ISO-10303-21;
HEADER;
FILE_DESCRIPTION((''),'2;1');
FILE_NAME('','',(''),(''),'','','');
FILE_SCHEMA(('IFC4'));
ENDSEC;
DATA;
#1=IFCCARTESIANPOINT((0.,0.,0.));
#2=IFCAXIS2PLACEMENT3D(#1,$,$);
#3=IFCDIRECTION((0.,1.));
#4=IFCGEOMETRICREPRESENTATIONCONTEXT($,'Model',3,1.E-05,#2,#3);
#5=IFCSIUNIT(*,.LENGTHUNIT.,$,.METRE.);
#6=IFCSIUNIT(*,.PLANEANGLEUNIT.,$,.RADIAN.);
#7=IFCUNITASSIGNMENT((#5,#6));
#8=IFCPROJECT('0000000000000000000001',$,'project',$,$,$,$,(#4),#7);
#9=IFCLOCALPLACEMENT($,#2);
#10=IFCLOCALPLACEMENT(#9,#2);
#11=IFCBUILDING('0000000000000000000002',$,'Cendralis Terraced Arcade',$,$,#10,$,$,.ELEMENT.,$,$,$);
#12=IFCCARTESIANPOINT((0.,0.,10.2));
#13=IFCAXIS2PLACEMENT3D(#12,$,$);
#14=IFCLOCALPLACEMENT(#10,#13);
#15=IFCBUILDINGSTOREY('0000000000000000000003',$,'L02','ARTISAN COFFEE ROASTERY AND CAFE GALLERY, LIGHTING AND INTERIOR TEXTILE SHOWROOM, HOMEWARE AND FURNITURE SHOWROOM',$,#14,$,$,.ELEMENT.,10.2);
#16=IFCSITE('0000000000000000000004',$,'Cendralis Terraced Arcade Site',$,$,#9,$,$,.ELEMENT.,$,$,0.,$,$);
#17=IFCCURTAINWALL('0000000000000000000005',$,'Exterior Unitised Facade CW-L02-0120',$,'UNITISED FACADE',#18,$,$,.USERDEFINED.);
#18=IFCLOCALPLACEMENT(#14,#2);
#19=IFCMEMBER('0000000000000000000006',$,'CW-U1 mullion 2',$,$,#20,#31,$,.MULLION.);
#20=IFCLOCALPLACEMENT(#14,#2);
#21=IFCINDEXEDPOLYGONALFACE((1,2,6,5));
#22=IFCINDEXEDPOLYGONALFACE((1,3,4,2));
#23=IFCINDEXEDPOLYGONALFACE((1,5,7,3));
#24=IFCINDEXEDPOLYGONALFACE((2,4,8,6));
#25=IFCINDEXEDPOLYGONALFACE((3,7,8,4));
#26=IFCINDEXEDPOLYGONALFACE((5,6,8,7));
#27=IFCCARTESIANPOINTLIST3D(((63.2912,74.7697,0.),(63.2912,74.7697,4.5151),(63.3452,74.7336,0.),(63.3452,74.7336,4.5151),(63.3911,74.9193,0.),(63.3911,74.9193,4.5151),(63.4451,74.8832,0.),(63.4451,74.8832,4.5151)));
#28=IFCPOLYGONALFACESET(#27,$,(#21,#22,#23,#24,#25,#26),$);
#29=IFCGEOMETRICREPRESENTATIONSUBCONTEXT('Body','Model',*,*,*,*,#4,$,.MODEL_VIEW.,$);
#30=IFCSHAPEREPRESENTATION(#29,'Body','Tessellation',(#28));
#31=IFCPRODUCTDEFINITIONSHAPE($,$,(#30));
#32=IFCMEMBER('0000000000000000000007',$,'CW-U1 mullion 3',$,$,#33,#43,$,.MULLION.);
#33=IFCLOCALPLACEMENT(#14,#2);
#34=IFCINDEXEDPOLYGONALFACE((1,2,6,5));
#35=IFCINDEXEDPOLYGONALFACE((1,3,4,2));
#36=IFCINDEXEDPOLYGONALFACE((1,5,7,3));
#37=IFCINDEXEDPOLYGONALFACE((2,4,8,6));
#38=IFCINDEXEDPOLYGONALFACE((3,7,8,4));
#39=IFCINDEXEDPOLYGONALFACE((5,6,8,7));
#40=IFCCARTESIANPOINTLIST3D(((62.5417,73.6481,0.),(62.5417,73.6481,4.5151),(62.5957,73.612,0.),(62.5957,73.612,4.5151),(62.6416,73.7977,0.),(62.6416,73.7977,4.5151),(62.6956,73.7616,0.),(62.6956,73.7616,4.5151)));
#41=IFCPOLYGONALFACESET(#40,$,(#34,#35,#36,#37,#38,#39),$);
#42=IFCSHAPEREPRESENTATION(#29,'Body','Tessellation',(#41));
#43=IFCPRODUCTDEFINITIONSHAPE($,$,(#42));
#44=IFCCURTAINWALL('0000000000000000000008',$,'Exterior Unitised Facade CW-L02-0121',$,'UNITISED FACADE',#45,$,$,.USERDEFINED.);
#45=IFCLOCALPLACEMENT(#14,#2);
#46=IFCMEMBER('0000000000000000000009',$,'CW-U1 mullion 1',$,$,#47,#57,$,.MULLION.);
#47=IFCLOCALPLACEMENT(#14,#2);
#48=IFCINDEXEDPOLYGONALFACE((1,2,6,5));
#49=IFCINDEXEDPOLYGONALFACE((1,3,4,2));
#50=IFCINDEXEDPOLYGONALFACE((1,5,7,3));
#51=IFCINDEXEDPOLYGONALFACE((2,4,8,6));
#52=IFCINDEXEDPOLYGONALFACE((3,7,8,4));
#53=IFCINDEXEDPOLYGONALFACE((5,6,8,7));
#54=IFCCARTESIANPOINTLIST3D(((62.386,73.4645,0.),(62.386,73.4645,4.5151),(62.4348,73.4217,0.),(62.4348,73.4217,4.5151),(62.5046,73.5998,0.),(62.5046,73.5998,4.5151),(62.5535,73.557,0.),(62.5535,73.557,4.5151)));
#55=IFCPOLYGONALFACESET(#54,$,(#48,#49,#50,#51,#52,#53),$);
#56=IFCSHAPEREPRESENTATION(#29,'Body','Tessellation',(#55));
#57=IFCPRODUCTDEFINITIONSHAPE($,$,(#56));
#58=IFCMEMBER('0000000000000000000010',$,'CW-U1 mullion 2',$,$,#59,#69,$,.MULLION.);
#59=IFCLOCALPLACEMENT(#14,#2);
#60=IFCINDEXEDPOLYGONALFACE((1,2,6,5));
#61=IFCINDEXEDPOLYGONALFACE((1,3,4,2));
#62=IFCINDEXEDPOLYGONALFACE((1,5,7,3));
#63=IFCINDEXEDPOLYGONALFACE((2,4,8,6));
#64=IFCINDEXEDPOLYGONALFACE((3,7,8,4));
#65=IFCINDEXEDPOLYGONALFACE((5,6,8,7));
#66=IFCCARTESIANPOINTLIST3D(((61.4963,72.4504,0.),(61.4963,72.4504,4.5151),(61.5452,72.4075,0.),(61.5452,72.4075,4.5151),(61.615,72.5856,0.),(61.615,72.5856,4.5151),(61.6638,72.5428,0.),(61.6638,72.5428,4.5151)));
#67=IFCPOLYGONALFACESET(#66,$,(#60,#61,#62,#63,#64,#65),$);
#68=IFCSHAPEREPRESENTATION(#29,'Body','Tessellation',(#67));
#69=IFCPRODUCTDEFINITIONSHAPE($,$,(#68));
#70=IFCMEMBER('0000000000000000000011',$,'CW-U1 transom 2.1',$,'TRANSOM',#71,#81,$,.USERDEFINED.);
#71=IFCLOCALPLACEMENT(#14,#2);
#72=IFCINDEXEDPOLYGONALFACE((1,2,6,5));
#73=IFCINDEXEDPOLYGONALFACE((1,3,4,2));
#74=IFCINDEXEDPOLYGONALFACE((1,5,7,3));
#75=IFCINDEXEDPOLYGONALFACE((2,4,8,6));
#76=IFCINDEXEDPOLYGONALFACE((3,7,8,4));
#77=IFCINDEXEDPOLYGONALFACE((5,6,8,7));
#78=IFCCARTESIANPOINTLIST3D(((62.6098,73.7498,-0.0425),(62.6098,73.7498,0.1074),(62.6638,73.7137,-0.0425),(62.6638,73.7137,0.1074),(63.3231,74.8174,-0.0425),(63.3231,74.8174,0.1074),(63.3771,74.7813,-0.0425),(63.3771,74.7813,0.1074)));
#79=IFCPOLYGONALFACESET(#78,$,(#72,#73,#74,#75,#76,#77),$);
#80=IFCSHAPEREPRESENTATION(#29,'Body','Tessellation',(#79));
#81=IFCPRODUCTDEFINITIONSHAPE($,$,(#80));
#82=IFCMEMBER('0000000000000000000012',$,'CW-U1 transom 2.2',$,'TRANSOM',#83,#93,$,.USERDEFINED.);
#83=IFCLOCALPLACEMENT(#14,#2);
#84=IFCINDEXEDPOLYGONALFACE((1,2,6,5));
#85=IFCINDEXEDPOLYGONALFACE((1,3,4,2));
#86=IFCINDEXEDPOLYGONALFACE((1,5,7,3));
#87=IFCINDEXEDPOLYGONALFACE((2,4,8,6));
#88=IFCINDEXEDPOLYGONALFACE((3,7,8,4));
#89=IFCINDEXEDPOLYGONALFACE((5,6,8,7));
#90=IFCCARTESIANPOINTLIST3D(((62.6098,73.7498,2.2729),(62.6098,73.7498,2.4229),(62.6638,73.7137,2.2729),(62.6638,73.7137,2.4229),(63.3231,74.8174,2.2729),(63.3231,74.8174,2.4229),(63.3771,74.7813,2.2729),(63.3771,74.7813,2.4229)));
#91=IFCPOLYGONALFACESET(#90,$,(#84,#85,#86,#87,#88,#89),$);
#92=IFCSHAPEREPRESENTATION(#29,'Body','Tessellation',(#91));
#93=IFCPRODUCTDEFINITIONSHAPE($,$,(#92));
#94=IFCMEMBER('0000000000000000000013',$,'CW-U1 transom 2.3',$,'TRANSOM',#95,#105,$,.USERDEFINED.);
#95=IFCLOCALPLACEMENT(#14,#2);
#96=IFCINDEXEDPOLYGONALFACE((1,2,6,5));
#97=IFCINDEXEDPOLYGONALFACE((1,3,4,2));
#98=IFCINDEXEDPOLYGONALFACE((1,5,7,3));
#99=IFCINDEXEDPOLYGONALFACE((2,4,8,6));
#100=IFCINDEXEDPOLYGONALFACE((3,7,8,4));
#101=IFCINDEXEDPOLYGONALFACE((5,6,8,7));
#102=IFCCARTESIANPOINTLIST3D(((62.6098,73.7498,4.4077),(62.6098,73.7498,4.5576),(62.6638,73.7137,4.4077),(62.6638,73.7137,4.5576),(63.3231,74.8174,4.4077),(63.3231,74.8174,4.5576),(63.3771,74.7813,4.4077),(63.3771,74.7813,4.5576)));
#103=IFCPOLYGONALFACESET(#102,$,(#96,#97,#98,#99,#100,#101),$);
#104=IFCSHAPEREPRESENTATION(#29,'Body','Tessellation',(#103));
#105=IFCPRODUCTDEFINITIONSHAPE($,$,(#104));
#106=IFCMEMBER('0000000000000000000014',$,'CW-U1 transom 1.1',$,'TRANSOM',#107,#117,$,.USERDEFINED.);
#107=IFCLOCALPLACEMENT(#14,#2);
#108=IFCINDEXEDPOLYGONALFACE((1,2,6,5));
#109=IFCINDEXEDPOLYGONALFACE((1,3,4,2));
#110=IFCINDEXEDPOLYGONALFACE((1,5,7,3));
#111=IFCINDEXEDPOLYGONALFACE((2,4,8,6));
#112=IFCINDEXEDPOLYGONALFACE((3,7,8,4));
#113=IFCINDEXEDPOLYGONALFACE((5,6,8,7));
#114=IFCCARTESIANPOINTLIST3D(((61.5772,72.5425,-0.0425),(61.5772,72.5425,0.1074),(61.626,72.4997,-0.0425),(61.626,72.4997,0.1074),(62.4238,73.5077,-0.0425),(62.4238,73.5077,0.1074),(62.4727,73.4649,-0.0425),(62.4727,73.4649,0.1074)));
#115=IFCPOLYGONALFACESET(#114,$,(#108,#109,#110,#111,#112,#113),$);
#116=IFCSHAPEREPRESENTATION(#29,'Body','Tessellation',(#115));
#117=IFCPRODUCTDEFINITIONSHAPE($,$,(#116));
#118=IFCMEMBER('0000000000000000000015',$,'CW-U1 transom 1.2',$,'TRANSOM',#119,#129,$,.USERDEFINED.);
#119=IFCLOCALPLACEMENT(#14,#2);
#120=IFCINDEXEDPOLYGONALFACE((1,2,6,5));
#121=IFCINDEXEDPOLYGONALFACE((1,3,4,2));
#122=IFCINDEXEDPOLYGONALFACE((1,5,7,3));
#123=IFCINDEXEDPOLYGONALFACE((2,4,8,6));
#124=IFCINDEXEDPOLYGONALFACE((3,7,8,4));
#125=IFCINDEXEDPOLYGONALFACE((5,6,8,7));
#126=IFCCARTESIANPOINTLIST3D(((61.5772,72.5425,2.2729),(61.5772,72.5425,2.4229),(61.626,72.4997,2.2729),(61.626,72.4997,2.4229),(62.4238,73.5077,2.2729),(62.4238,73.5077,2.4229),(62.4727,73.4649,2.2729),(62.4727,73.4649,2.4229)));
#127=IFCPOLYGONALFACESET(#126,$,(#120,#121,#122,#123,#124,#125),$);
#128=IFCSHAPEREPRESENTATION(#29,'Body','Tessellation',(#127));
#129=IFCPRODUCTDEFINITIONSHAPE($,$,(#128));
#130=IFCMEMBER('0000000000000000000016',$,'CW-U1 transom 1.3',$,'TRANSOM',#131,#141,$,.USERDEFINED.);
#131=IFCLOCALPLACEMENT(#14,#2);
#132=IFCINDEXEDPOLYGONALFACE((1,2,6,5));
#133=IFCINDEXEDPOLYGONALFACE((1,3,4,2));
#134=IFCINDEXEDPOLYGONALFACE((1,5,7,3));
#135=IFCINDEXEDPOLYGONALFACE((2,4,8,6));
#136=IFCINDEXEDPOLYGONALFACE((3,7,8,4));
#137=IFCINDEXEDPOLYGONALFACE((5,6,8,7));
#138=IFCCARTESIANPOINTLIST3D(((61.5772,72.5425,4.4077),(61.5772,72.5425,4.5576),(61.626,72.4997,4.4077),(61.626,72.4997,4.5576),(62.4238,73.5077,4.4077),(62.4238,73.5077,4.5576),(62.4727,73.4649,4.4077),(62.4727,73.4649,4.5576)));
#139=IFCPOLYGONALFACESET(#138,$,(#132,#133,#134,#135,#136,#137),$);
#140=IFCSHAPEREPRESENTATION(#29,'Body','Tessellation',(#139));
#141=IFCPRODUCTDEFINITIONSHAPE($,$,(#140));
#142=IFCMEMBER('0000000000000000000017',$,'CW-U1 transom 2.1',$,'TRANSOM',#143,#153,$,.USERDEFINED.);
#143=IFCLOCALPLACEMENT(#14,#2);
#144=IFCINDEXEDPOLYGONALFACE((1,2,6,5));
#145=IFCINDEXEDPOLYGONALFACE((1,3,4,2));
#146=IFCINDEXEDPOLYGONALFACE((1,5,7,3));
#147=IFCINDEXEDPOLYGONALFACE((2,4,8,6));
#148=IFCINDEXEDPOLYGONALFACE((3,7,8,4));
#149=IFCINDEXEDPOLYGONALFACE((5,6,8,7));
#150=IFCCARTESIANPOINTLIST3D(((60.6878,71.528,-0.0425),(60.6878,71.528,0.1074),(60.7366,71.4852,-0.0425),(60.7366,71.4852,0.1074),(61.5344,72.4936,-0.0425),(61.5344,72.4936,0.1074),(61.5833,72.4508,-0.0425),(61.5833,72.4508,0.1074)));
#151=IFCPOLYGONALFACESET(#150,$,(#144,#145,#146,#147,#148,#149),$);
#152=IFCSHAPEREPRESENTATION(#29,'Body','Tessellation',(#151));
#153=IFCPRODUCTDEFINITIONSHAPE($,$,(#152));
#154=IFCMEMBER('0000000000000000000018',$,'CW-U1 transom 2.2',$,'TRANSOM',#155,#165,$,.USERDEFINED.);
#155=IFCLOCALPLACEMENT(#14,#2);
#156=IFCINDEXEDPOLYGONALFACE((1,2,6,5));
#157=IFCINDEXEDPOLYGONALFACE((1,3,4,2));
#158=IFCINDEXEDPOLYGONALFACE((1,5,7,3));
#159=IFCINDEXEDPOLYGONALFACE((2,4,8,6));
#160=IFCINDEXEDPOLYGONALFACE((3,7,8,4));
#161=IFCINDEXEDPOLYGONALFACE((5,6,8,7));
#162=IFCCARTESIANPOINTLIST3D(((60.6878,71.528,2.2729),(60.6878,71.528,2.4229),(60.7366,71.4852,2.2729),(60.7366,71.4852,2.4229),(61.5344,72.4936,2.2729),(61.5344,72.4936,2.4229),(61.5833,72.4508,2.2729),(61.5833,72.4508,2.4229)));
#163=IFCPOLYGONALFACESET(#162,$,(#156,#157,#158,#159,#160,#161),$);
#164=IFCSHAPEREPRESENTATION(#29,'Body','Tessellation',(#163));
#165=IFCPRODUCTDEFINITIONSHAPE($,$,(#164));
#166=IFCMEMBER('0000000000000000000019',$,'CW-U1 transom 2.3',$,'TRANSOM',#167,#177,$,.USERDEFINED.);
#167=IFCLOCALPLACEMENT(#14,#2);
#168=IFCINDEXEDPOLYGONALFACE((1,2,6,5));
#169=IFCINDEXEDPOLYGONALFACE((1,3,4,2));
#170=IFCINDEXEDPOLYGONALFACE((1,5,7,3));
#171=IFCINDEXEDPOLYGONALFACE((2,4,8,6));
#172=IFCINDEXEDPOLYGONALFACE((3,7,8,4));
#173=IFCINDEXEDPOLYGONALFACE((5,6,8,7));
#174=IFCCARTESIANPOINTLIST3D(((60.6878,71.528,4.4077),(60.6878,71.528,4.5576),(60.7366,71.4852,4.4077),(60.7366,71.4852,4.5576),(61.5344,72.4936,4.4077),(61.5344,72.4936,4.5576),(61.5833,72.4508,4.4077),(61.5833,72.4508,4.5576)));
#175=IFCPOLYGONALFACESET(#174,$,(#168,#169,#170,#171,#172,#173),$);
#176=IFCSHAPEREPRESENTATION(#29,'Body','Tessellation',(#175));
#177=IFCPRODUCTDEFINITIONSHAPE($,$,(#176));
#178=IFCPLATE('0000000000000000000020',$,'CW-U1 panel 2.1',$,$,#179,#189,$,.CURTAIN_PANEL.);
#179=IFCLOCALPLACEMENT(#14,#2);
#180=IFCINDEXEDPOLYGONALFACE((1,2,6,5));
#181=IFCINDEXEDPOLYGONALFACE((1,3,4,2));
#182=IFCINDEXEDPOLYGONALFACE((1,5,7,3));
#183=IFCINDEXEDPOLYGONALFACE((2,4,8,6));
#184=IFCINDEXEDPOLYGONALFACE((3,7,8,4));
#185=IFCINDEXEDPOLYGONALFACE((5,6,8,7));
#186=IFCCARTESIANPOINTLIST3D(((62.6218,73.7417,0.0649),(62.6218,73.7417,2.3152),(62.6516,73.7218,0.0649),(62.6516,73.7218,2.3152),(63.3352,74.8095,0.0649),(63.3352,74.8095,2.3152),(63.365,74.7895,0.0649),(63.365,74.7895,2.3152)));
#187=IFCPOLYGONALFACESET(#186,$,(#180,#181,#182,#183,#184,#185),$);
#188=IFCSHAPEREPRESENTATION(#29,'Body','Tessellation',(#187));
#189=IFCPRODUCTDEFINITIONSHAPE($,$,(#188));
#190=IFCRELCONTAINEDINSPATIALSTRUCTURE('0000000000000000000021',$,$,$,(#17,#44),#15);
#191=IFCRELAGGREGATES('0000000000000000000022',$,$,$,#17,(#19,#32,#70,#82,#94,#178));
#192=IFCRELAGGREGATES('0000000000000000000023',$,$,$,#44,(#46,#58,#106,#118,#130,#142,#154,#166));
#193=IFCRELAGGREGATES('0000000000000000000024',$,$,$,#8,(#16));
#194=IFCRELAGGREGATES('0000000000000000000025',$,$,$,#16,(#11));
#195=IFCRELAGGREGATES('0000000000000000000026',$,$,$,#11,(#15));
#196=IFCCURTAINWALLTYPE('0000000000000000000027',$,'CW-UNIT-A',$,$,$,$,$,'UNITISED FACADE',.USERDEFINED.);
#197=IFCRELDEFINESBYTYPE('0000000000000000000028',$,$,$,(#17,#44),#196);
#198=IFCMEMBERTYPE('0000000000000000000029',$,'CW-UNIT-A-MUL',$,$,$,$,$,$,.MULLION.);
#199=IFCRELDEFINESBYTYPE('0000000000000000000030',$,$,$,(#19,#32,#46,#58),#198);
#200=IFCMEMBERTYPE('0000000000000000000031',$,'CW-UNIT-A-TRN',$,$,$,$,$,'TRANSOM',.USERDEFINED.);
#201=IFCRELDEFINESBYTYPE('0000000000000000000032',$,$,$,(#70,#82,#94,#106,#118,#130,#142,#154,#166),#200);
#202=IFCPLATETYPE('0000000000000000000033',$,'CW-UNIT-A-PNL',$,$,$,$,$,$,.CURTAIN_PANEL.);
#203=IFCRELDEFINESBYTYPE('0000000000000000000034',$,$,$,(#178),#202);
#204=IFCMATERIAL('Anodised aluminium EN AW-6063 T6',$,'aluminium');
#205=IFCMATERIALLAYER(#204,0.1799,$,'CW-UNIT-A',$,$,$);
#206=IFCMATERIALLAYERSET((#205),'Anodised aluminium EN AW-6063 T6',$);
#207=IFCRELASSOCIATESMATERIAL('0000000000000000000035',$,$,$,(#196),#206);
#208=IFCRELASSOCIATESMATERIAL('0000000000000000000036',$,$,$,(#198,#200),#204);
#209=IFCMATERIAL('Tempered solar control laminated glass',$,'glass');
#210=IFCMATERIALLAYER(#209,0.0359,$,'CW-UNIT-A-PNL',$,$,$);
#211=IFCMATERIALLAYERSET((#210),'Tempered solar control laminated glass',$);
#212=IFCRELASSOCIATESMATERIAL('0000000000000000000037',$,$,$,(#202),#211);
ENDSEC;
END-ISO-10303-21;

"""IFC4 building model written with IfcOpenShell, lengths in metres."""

from ifc_helpers import new_model, si_unit, direction, frame, origin, origin_2d, place, context, subcontext, project, spatial, rectangle, extrude, material, layer, layer_set, material_profile, profile_set, type_object, element, aggregate, save


model = new_model("IFC4")

# Units and contexts
model_context = context("Model", 3, precision=1e-05, world=origin(), true_north=direction((0.0, 1.0)))
body_context = subcontext(model_context, "Body", "Model", "MODEL_VIEW")
ifc_project = project(units=[si_unit("LENGTHUNIT", "METRE"), si_unit("PLANEANGLEUNIT", "RADIAN")], contexts=[model_context])

# Site, building, storey
site_placement = place(None, origin())
site = spatial("IfcSite", under=ifc_project, at=site_placement, Name="Cendralis Terraced Arcade Site", CompositionType="ELEMENT", RefElevation=0.0)
building_placement = place(site_placement, origin())
building = spatial("IfcBuilding", under=site, at=building_placement, Name="Cendralis Terraced Arcade", CompositionType="ELEMENT")
storey_placement = place(building_placement, frame((0.0, 0.0, 10.2)))
storey = spatial("IfcBuildingStorey", under=building, at=storey_placement, Name="L02", Description="ARTISAN COFFEE ROASTERY AND CAFE GALLERY, LIGHTING AND INTERIOR TEXTILE SHOWROOM, HOMEWARE AND FURNITURE SHOWROOM", CompositionType="ELEMENT", Elevation=10.2)

# Curtain walls, members
ifc_material_1 = material(Name="Anodised aluminium EN AW-6063 T6", Category="aluminium")
ifc_layer_1 = layer(ifc_material_1, 0.1799, Name="CW-UNIT-A")
ifc_layer_set_1 = layer_set([ifc_layer_1], Name="Anodised aluminium EN AW-6063 T6")
curtain_wall_type = type_object("IfcCurtainWallType", Name="CW-UNIT-A", ElementType="UNITISED FACADE", PredefinedType="USERDEFINED", material=ifc_layer_set_1)
curtain_wall_1_placement = place(storey_placement, origin())
curtain_wall_1 = element("IfcCurtainWall", 1, at=curtain_wall_1_placement, inside=storey, type_object=curtain_wall_type, Name="Exterior Unitised Facade CW-L02-0120", ObjectType="UNITISED FACADE", PredefinedType="USERDEFINED")
ifc_material_profile_1 = material_profile(ifc_material_1, rectangle(XDim=0.0649, YDim=0.1799, at=origin_2d()), Name="ALU-MUL-65x180")
ifc_profile_set_1 = profile_set([ifc_material_profile_1], Name="Anodised aluminium EN AW-6063 T6")
member_type_1 = type_object("IfcMemberType", Name="CW-UNIT-A-MUL", PredefinedType="MULLION", material=ifc_profile_set_1)
member_1_placement = place(storey_placement, frame((63.3682, 74.8264, 0.0), z_axis=(0.0, 0.0, 1.0), x_axis=(0.831476, -0.55556, 0.0)))
member_1 = element("IfcMember", 2, at=member_1_placement, type_object=member_type_1, Name="CW-U1 mullion 2", PredefinedType="MULLION", context=body_context, shape_type="SweptSolid", body=[
    extrude(rectangle(XDim=0.0649, YDim=0.1799, at=origin_2d()), origin(), (0.0, 0.0, 1.0), 4.5151),
])
member_2_placement = place(storey_placement, frame((62.6187, 73.7048, 0.0), z_axis=(0.0, 0.0, 1.0), x_axis=(0.831476, -0.55556, 0.0)))
member_2 = element("IfcMember", 3, at=member_2_placement, type_object=member_type_1, Name="CW-U1 mullion 3", PredefinedType="MULLION", context=body_context, shape_type="SweptSolid", body=[
    extrude(rectangle(XDim=0.0649, YDim=0.1799, at=origin_2d()), origin(), (0.0, 0.0, 1.0), 4.5151),
])
curtain_wall_2_placement = place(storey_placement, origin())
curtain_wall_2 = element("IfcCurtainWall", 4, at=curtain_wall_2_placement, inside=storey, type_object=curtain_wall_type, Name="Exterior Unitised Facade CW-L02-0121", ObjectType="UNITISED FACADE", PredefinedType="USERDEFINED")
member_3_placement = place(storey_placement, frame((62.4697, 73.5107, 0.0), z_axis=(0.0, 0.0, 1.0), x_axis=(0.751809, -0.65938, 0.0)))
member_3 = element("IfcMember", 5, at=member_3_placement, type_object=member_type_1, Name="CW-U1 mullion 1", PredefinedType="MULLION", context=body_context, shape_type="SweptSolid", body=[
    extrude(rectangle(XDim=0.0649, YDim=0.1799, at=origin_2d()), origin(), (0.0, 0.0, 1.0), 4.5151),
])
member_4_placement = place(storey_placement, frame((61.5801, 72.4966, 0.0), z_axis=(0.0, 0.0, 1.0), x_axis=(0.751809, -0.65938, 0.0)))
member_4 = element("IfcMember", 6, at=member_4_placement, type_object=member_type_1, Name="CW-U1 mullion 2", PredefinedType="MULLION", context=body_context, shape_type="SweptSolid", body=[
    extrude(rectangle(XDim=0.0649, YDim=0.1799, at=origin_2d()), origin(), (0.0, 0.0, 1.0), 4.5151),
])

# Members
ifc_material_profile_2 = material_profile(ifc_material_1, rectangle(XDim=0.0649, YDim=0.1499, at=origin_2d()), Name="ALU-TRN-65x150")
ifc_profile_set_2 = profile_set([ifc_material_profile_2], Name="Anodised aluminium EN AW-6063 T6")
member_type_2 = type_object("IfcMemberType", Name="CW-UNIT-A-TRN", ElementType="TRANSOM", PredefinedType="USERDEFINED", material=ifc_profile_set_2)
member_5_placement = place(storey_placement, frame((63.3501, 74.7993, 0.0325), z_axis=(-0.555577, -0.831465, 0.0), x_axis=(0.831465, -0.555577, 0.0)))
member_5 = element("IfcMember", 7, at=member_5_placement, type_object=member_type_2, Name="CW-U1 transom 2.1", ObjectType="TRANSOM", PredefinedType="USERDEFINED", context=body_context, shape_type="SweptSolid", body=[
    extrude(rectangle(XDim=0.0649, YDim=0.1499, at=origin_2d()), origin(), (0.0, 0.0, 1.0), 1.2839),
])
member_6_placement = place(storey_placement, frame((63.3501, 74.7993, 2.3479), z_axis=(-0.555577, -0.831465, 0.0), x_axis=(0.831465, -0.555577, 0.0)))
member_6 = element("IfcMember", 8, at=member_6_placement, type_object=member_type_2, Name="CW-U1 transom 2.2", ObjectType="TRANSOM", PredefinedType="USERDEFINED", context=body_context, shape_type="SweptSolid", body=[
    extrude(rectangle(XDim=0.0649, YDim=0.1499, at=origin_2d()), origin(), (0.0, 0.0, 1.0), 1.2839),
])
member_7_placement = place(storey_placement, frame((63.3501, 74.7993, 4.4827), z_axis=(-0.555577, -0.831465, 0.0), x_axis=(0.831465, -0.555577, 0.0)))
member_7 = element("IfcMember", 9, at=member_7_placement, type_object=member_type_2, Name="CW-U1 transom 2.3", ObjectType="TRANSOM", PredefinedType="USERDEFINED", context=body_context, shape_type="SweptSolid", body=[
    extrude(rectangle(XDim=0.0649, YDim=0.1499, at=origin_2d()), origin(), (0.0, 0.0, 1.0), 1.2839),
])
member_8_placement = place(storey_placement, frame((62.4482, 73.4863, 0.0325), z_axis=(-0.659393, -0.751799, 0.0), x_axis=(0.751799, -0.659393, 0.0)))
member_8 = element("IfcMember", 10, at=member_8_placement, type_object=member_type_2, Name="CW-U1 transom 1.1", ObjectType="TRANSOM", PredefinedType="USERDEFINED", context=body_context, shape_type="SweptSolid", body=[
    extrude(rectangle(XDim=0.0649, YDim=0.1499, at=origin_2d()), origin(), (0.0, 0.0, 1.0), 1.2839),
])
member_9_placement = place(storey_placement, frame((62.4482, 73.4863, 2.3479), z_axis=(-0.659393, -0.751799, 0.0), x_axis=(0.751799, -0.659393, 0.0)))
member_9 = element("IfcMember", 11, at=member_9_placement, type_object=member_type_2, Name="CW-U1 transom 1.2", ObjectType="TRANSOM", PredefinedType="USERDEFINED", context=body_context, shape_type="SweptSolid", body=[
    extrude(rectangle(XDim=0.0649, YDim=0.1499, at=origin_2d()), origin(), (0.0, 0.0, 1.0), 1.2839),
])
member_10_placement = place(storey_placement, frame((62.4482, 73.4863, 4.4827), z_axis=(-0.659393, -0.751799, 0.0), x_axis=(0.751799, -0.659393, 0.0)))
member_10 = element("IfcMember", 12, at=member_10_placement, type_object=member_type_2, Name="CW-U1 transom 1.3", ObjectType="TRANSOM", PredefinedType="USERDEFINED", context=body_context, shape_type="SweptSolid", body=[
    extrude(rectangle(XDim=0.0649, YDim=0.1499, at=origin_2d()), origin(), (0.0, 0.0, 1.0), 1.2839),
])
member_11_placement = place(storey_placement, frame((61.5588, 72.4722, 0.0325), z_axis=(-0.659298, -0.751881, 0.0), x_axis=(0.751881, -0.659298, 0.0)))
member_11 = element("IfcMember", 13, at=member_11_placement, type_object=member_type_2, Name="CW-U1 transom 2.1", ObjectType="TRANSOM", PredefinedType="USERDEFINED", context=body_context, shape_type="SweptSolid", body=[
    extrude(rectangle(XDim=0.0649, YDim=0.1499, at=origin_2d()), origin(), (0.0, 0.0, 1.0), 1.2842),
])
member_12_placement = place(storey_placement, frame((61.5588, 72.4722, 2.3479), z_axis=(-0.659298, -0.751881, 0.0), x_axis=(0.751881, -0.659298, 0.0)))
member_12 = element("IfcMember", 14, at=member_12_placement, type_object=member_type_2, Name="CW-U1 transom 2.2", ObjectType="TRANSOM", PredefinedType="USERDEFINED", context=body_context, shape_type="SweptSolid", body=[
    extrude(rectangle(XDim=0.0649, YDim=0.1499, at=origin_2d()), origin(), (0.0, 0.0, 1.0), 1.2842),
])
member_13_placement = place(storey_placement, frame((61.5588, 72.4722, 4.4827), z_axis=(-0.659298, -0.751881, 0.0), x_axis=(0.751881, -0.659298, 0.0)))
member_13 = element("IfcMember", 15, at=member_13_placement, type_object=member_type_2, Name="CW-U1 transom 2.3", ObjectType="TRANSOM", PredefinedType="USERDEFINED", context=body_context, shape_type="SweptSolid", body=[
    extrude(rectangle(XDim=0.0649, YDim=0.1499, at=origin_2d()), origin(), (0.0, 0.0, 1.0), 1.2842),
])

# Plate
ifc_material_2 = material(Name="Tempered solar control laminated glass", Category="glass")
ifc_layer_2 = layer(ifc_material_2, 0.0359, Name="CW-UNIT-A-PNL")
ifc_layer_set_2 = layer_set([ifc_layer_2], Name="Tempered solar control laminated glass")
plate_type = type_object("IfcPlateType", Name="CW-UNIT-A-PNL", PredefinedType="CURTAIN_PANEL", material=ifc_layer_set_2)
plate_1_placement = place(storey_placement, frame((62.9934, 74.2656, 0.0649), z_axis=(0.0, 0.0, 1.0), x_axis=(-0.55556, -0.831476, 0.0)))
plate_1 = element("IfcPlate", 16, at=plate_1_placement, type_object=plate_type, Name="CW-U1 panel 2.1", PredefinedType="CURTAIN_PANEL", context=body_context, shape_type="SweptSolid", body=[
    extrude(rectangle(XDim=1.2842, YDim=0.0359, at=origin_2d()), origin(), (0.0, 0.0, 1.0), 2.2502),
])
aggregate(curtain_wall_1, [member_1, member_2, member_5, member_6, member_7, plate_1])
aggregate(curtain_wall_2, [member_3, member_4, member_8, member_9, member_10, member_11, member_12, member_13])

save(model, "model.ifc")
